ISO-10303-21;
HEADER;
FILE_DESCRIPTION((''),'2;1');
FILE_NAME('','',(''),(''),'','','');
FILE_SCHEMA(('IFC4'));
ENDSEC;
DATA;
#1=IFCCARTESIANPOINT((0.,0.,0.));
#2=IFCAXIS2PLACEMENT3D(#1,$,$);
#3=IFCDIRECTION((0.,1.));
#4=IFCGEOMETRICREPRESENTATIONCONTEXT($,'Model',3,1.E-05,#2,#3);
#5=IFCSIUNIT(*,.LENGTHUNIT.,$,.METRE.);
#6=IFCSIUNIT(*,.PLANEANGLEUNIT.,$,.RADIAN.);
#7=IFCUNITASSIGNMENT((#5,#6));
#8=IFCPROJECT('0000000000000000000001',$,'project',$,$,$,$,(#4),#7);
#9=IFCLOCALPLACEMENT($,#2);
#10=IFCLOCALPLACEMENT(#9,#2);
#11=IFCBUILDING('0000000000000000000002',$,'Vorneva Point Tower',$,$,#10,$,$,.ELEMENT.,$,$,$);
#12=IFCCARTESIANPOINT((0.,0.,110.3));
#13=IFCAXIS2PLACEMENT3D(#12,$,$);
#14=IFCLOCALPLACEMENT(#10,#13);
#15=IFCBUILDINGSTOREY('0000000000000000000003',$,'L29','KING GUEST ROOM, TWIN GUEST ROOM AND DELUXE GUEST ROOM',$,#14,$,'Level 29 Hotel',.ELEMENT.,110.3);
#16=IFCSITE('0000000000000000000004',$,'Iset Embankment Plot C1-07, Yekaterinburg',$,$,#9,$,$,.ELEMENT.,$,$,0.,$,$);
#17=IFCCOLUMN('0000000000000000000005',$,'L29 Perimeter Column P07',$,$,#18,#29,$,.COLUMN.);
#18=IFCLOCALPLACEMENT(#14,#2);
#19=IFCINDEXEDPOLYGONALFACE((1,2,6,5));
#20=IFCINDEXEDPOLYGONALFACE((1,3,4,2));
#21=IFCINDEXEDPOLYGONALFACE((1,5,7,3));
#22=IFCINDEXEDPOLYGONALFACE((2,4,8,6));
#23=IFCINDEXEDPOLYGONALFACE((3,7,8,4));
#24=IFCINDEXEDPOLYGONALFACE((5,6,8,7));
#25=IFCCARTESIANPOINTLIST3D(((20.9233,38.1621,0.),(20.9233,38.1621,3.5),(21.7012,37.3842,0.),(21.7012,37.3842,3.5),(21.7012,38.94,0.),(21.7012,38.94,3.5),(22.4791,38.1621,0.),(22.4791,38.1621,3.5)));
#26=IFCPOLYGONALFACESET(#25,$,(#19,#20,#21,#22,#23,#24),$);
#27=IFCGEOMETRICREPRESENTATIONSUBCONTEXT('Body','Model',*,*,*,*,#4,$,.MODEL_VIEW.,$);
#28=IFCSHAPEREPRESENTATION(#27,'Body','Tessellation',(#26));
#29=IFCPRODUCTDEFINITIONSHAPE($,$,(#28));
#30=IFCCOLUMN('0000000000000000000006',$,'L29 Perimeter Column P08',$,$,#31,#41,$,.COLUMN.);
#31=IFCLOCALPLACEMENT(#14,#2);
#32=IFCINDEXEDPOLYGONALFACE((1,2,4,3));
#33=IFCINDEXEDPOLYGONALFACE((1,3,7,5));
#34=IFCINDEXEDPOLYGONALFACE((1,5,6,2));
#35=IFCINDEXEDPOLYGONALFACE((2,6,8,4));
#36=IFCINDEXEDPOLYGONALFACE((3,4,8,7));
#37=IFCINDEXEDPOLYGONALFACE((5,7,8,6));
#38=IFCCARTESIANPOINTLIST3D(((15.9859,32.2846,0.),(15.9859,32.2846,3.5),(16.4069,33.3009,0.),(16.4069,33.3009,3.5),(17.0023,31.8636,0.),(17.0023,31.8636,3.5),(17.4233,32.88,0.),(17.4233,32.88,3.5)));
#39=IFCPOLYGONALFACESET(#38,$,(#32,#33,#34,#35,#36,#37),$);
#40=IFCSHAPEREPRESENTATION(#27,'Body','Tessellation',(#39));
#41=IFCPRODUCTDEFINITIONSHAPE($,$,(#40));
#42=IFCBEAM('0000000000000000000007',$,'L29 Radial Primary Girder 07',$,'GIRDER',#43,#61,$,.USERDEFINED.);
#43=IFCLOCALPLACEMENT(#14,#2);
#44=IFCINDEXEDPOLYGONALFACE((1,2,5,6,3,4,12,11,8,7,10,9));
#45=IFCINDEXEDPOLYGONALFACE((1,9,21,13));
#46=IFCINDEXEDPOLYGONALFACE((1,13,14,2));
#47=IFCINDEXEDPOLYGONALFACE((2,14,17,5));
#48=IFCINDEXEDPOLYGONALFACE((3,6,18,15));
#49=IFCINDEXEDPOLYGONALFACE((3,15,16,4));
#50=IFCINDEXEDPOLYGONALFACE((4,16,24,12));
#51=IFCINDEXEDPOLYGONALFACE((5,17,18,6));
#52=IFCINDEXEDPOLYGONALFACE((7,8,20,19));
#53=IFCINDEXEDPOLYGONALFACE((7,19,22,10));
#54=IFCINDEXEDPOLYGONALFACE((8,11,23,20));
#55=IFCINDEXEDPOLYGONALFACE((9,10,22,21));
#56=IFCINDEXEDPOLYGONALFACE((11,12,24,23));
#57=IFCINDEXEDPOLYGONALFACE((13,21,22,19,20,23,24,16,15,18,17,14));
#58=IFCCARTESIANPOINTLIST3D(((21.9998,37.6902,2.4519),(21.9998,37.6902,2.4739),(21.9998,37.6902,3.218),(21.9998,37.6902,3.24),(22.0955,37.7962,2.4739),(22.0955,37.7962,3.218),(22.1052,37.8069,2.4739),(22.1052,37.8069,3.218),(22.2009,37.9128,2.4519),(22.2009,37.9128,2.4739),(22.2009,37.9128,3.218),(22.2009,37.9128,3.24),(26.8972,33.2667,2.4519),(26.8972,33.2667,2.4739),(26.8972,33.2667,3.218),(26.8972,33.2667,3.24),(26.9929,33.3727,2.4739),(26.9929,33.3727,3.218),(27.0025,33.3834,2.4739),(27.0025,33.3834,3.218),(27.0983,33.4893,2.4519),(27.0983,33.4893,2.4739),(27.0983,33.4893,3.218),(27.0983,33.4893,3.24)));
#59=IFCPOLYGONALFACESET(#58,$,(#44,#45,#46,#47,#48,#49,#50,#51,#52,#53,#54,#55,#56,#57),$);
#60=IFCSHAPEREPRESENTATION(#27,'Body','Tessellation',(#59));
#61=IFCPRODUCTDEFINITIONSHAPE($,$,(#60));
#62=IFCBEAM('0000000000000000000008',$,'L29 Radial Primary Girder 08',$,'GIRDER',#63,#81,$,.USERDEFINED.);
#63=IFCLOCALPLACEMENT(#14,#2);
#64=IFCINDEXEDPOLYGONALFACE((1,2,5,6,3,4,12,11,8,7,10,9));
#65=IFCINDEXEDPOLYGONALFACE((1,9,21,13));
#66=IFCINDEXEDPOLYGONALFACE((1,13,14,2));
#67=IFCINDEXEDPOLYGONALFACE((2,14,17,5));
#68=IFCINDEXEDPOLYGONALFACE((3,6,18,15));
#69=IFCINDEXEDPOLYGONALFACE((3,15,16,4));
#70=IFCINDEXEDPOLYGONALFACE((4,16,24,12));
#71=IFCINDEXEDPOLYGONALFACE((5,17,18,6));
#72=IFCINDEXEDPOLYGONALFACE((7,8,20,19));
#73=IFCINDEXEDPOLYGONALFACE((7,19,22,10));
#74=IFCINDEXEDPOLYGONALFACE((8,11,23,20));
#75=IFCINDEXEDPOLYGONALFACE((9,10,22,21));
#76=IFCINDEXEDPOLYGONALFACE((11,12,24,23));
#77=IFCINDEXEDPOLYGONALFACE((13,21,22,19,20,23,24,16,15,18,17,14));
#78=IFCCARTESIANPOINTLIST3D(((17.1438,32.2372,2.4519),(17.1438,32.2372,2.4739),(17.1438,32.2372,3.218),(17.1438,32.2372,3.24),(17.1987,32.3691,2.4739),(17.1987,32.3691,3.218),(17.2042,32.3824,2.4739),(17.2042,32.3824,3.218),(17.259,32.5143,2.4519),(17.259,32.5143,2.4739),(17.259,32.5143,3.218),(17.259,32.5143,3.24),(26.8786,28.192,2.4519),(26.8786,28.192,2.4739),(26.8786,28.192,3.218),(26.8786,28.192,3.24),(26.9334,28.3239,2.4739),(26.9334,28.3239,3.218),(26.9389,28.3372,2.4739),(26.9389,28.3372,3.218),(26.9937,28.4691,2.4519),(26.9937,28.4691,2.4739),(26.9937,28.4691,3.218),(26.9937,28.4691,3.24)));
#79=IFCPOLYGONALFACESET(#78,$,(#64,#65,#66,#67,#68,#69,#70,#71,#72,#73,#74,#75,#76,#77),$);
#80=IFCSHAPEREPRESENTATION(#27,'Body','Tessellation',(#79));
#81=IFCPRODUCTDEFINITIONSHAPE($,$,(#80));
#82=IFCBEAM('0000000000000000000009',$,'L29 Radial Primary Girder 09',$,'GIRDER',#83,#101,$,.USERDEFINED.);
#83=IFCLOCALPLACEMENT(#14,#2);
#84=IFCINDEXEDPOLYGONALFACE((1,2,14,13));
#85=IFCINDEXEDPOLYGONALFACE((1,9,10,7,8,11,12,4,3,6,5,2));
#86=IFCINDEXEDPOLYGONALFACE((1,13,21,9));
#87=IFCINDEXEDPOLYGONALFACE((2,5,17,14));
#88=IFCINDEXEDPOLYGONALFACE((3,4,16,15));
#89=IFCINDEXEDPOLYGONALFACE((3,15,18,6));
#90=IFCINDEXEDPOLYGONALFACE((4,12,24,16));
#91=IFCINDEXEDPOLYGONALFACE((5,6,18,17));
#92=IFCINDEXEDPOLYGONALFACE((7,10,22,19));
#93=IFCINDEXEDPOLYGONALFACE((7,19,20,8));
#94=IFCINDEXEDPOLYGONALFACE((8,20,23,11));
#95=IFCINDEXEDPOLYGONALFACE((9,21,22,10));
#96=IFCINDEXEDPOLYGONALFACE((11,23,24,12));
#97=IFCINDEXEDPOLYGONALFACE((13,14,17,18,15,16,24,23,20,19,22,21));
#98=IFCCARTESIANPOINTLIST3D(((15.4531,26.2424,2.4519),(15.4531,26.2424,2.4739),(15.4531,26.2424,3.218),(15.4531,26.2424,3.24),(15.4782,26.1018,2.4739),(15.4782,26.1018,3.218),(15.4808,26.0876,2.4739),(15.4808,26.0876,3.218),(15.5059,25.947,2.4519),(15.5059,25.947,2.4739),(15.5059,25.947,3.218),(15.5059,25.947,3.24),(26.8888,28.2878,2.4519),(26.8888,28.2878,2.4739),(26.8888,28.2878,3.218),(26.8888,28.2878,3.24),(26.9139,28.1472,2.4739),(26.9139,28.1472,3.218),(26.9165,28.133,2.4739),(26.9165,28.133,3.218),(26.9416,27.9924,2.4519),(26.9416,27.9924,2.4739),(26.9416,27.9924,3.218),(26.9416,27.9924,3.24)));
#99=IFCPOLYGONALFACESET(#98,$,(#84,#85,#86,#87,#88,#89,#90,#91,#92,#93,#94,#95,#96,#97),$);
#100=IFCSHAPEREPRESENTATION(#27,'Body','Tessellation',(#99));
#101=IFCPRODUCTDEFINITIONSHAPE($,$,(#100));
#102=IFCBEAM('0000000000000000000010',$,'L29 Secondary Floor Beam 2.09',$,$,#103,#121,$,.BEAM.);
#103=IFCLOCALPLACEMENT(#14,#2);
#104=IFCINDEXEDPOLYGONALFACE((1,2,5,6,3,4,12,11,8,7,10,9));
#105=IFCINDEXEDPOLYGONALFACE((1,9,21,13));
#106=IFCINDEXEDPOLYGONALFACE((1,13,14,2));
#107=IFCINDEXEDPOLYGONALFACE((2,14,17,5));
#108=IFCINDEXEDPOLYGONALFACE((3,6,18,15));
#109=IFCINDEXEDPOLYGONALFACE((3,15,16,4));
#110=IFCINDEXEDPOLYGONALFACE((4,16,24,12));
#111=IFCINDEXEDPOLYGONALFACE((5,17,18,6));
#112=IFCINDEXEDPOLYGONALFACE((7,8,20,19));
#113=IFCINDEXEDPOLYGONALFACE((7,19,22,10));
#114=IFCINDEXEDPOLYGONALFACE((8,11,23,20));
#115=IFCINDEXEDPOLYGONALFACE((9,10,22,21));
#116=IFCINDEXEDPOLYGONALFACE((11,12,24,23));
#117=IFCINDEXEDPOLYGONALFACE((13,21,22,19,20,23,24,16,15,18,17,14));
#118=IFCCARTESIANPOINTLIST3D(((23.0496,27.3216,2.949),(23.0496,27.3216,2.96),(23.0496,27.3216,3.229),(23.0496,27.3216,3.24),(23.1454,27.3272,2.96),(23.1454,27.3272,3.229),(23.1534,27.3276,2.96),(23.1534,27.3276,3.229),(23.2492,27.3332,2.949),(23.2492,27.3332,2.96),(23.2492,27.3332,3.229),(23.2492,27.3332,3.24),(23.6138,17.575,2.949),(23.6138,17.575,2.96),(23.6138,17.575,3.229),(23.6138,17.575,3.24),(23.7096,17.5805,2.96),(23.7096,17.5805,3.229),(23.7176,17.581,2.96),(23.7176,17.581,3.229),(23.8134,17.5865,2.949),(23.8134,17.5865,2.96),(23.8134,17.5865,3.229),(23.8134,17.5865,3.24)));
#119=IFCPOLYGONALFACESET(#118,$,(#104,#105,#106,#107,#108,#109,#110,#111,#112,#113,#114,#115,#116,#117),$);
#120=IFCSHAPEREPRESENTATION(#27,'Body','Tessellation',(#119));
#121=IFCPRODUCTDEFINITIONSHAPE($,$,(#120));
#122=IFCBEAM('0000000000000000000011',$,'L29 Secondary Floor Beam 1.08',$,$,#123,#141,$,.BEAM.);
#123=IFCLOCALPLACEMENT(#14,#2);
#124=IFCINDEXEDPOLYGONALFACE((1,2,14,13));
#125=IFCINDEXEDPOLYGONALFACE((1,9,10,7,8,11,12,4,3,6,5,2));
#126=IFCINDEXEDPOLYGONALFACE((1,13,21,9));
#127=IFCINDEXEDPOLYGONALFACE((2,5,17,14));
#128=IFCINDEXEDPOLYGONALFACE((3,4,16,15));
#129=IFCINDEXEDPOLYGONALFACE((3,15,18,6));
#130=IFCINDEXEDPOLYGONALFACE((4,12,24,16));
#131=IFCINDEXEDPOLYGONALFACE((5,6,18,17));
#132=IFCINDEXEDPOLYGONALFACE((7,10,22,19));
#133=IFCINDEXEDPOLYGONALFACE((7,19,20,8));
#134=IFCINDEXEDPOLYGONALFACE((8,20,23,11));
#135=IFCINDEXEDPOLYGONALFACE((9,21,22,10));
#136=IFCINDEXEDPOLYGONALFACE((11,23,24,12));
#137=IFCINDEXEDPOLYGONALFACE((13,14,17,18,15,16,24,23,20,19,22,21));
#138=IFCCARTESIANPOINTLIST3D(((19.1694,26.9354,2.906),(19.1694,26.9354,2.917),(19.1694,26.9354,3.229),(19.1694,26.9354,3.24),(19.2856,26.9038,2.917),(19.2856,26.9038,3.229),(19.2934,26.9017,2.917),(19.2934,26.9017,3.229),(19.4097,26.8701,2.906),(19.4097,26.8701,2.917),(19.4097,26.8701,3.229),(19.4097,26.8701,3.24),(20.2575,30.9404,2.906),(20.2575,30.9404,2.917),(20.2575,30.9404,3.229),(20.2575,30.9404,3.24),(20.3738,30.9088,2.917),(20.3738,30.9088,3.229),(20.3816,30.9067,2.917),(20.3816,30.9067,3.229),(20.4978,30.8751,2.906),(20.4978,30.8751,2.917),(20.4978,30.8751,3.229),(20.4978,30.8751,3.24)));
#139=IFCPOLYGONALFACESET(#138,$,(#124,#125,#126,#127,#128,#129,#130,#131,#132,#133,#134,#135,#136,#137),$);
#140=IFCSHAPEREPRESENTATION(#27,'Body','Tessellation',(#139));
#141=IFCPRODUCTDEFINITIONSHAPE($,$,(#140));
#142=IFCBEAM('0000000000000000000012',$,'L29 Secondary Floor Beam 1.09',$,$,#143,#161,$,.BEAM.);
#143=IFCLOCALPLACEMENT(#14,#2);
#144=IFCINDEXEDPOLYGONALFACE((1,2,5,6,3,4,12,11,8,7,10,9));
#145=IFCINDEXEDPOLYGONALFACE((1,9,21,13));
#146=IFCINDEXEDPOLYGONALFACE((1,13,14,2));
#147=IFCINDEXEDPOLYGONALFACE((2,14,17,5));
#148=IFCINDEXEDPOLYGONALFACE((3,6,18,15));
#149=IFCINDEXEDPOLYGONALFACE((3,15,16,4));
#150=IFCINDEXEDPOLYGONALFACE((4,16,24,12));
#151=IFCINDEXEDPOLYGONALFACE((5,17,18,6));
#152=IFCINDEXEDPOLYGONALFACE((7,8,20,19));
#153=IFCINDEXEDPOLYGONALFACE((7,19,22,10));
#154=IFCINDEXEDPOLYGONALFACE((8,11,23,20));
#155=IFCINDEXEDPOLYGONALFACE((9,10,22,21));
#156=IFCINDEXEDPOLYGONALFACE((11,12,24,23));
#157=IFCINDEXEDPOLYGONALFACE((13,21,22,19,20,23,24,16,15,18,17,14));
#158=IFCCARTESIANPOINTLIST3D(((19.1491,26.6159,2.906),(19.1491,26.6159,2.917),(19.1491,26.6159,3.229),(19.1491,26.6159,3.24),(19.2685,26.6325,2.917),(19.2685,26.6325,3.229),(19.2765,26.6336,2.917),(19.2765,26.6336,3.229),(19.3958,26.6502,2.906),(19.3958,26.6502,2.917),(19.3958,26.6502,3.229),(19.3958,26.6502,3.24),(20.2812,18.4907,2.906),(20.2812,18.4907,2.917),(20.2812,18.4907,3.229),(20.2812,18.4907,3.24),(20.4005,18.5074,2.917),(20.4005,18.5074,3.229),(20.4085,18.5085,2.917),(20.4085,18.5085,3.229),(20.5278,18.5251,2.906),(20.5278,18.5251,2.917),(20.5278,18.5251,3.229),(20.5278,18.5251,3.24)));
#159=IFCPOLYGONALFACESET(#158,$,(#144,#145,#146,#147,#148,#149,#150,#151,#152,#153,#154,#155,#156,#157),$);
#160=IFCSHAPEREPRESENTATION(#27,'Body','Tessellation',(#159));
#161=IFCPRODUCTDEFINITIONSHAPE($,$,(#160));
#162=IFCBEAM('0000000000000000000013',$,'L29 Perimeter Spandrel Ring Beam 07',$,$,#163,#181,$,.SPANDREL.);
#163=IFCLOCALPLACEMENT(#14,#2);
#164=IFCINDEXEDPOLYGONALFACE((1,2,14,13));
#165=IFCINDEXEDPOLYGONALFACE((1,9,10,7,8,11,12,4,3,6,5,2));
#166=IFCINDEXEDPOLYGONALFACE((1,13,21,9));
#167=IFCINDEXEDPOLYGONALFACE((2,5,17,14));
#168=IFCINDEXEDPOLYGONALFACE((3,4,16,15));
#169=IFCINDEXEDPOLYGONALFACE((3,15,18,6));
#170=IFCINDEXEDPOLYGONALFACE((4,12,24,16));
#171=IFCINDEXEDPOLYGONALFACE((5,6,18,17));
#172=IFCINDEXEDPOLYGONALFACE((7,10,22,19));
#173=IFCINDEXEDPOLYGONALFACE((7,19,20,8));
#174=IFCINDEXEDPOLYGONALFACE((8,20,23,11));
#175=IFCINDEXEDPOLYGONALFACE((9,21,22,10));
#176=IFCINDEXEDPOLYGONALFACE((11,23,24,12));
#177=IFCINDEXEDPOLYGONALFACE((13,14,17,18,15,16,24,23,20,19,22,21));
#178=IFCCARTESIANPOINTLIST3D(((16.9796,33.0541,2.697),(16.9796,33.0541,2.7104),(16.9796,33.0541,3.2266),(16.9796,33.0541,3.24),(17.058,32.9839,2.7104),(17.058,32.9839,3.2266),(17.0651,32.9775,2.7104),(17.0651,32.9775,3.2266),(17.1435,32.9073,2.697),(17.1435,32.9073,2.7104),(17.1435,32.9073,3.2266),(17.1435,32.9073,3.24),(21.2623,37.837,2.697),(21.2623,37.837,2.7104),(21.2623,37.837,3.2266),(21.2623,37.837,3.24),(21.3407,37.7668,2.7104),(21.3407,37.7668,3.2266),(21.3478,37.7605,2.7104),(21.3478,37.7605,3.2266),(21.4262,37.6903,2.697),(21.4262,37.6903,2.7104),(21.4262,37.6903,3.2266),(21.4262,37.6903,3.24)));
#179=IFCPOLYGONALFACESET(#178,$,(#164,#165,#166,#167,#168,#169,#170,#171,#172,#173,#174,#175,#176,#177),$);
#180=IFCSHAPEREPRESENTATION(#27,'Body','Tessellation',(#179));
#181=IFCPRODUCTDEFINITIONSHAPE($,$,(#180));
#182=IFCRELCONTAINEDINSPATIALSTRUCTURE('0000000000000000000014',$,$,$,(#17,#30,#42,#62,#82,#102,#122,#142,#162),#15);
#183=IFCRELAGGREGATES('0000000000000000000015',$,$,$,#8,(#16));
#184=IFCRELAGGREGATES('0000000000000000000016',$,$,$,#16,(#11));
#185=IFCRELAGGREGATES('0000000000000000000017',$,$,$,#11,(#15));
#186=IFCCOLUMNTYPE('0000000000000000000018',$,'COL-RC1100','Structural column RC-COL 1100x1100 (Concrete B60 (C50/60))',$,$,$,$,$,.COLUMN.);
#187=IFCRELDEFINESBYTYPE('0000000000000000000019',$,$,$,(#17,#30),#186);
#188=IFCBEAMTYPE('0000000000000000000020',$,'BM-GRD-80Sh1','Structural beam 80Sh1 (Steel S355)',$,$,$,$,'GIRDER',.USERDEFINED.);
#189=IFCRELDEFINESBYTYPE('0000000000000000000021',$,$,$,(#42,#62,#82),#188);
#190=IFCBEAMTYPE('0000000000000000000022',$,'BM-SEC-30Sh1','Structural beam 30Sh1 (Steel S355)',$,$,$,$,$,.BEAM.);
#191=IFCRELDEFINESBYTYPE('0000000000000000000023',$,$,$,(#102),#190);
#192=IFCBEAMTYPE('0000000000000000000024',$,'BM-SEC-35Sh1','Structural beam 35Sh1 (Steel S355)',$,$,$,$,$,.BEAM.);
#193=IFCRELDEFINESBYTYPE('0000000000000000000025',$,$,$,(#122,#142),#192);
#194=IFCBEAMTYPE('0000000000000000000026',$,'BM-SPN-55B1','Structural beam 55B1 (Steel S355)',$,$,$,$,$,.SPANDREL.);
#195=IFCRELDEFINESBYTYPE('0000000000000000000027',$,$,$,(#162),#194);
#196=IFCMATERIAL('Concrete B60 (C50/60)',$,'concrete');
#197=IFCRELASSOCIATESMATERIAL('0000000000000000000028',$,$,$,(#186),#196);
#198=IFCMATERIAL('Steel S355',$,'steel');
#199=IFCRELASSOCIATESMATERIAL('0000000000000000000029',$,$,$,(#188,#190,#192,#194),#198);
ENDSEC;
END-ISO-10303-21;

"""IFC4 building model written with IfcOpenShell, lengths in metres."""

from ifc_helpers import new_model, si_unit, direction, frame, origin, origin_2d, place, context, subcontext, project, spatial, rectangle, i_section, extrude, material, material_profile, profile_set, type_object, element, save


model = new_model("IFC4")

# Units and contexts
model_context = context("Model", 3, precision=1e-05, world=origin(), true_north=direction((0.0, 1.0)))
body_context = subcontext(model_context, "Body", "Model", "MODEL_VIEW")
ifc_project = project(units=[si_unit("LENGTHUNIT", "METRE"), si_unit("PLANEANGLEUNIT", "RADIAN")], contexts=[model_context])

# Site, building, storey
site_placement = place(None, origin())
site = spatial("IfcSite", under=ifc_project, at=site_placement, Name="Iset Embankment Plot C1-07, Yekaterinburg", CompositionType="ELEMENT", RefElevation=0.0)
building_placement = place(site_placement, origin())
building = spatial("IfcBuilding", under=site, at=building_placement, Name="Vorneva Point Tower", CompositionType="ELEMENT")
storey_placement = place(building_placement, frame((0.0, 0.0, 110.3)))
storey = spatial("IfcBuildingStorey", under=building, at=storey_placement, Name="L29", Description="KING GUEST ROOM, TWIN GUEST ROOM AND DELUXE GUEST ROOM", LongName="Level 29 Hotel", CompositionType="ELEMENT", Elevation=110.3)

# Columns
ifc_material_1 = material(Name="Concrete B60 (C50/60)", Category="concrete")
ifc_material_profile_1 = material_profile(ifc_material_1, rectangle(XDim=1.1001, YDim=1.1001, at=origin_2d()), Name="RC-COL 1100x1100")
ifc_profile_set_1 = profile_set([ifc_material_profile_1], Name="Concrete B60 (C50/60)")
column_type = type_object("IfcColumnType", Name="COL-RC1100", Description="Structural column RC-COL 1100x1100 (Concrete B60 (C50/60))", PredefinedType="COLUMN", material=ifc_profile_set_1)
for number, where, z_axis, x_axis, name in (
    (1, (21.7012, 38.1621, 0.0), (0.0, 0.0, 1.0), (-0.707107, 0.707107, 0.0), "L29 Perimeter Column P07"),
    (2, (16.7046, 32.5823, 0.0), (0.0, 0.0, 1.0), (-0.92388, 0.382683, 0.0), "L29 Perimeter Column P08"),
):
    element("IfcColumn", number, at=place(storey_placement, frame(where, z_axis=z_axis, x_axis=x_axis)), inside=storey, type_object=column_type, Name=name, PredefinedType="COLUMN", context=body_context, shape_type="SweptSolid", body=[
        extrude(rectangle(XDim=1.1001, YDim=1.1001, at=origin_2d()), origin(), (0.0, 0.0, 1.0), 3.5),
    ])

# Beams
ifc_material_2 = material(Name="Steel S355", Category="steel")
ifc_material_profile_2 = material_profile(ifc_material_2, i_section(OverallWidth=0.3, OverallDepth=0.7881, WebThickness=0.0144, FlangeThickness=0.022, at=origin_2d()), Name="80Sh1")
ifc_profile_set_2 = profile_set([ifc_material_profile_2], Name="Steel S355")
beam_type_1 = type_object("IfcBeamType", Name="BM-GRD-80Sh1", Description="Structural beam 80Sh1 (Steel S355)", ElementType="GIRDER", PredefinedType="USERDEFINED", material=ifc_profile_set_2)
beam_1_placement = place(storey_placement, frame((22.1003, 37.8015, 2.8459), z_axis=(0.742097, -0.670292, 0.0), x_axis=(0.670292, 0.742097, 0.0)))
element("IfcBeam", 3, at=beam_1_placement, inside=storey, type_object=beam_type_1, Name="L29 Radial Primary Girder 07", ObjectType="GIRDER", PredefinedType="USERDEFINED", context=body_context, shape_type="SweptSolid", body=[
    extrude(i_section(OverallWidth=0.3, OverallDepth=0.7881, WebThickness=0.0144, FlangeThickness=0.022, at=origin_2d()), origin(), (0.0, 0.0, 1.0), 6.5994),
])
beam_2_placement = place(storey_placement, frame((17.2014, 32.3757, 2.8459), z_axis=(0.923444, -0.383732, 0.0), x_axis=(0.383732, 0.923444, 0.0)))
element("IfcBeam", 4, at=beam_2_placement, inside=storey, type_object=beam_type_1, Name="L29 Radial Primary Girder 08", ObjectType="GIRDER", PredefinedType="USERDEFINED", context=body_context, shape_type="SweptSolid", body=[
    extrude(i_section(OverallWidth=0.3, OverallDepth=0.7881, WebThickness=0.0144, FlangeThickness=0.022, at=origin_2d()), origin(), (0.0, 0.0, 1.0), 10.5417),
])
beam_3_placement = place(storey_placement, frame((15.4795, 26.0947, 2.8459), z_axis=(0.984378, 0.176066, 0.0), x_axis=(-0.176066, 0.984378, 0.0)))
element("IfcBeam", 5, at=beam_3_placement, inside=storey, type_object=beam_type_1, Name="L29 Radial Primary Girder 09", ObjectType="GIRDER", PredefinedType="USERDEFINED", context=body_context, shape_type="SweptSolid", body=[
    extrude(i_section(OverallWidth=0.3, OverallDepth=0.7881, WebThickness=0.0144, FlangeThickness=0.022, at=origin_2d()), origin(), (0.0, 0.0, 1.0), 11.6172),
])
ifc_material_profile_3 = material_profile(ifc_material_2, i_section(OverallWidth=0.2, OverallDepth=0.291, WebThickness=0.0081, FlangeThickness=0.011, at=origin_2d()), Name="30Sh1")
ifc_profile_set_3 = profile_set([ifc_material_profile_3], Name="Steel S355")
beam_type_2 = type_object("IfcBeamType", Name="BM-SEC-30Sh1", Description="Structural beam 30Sh1 (Steel S355)", PredefinedType="BEAM", material=ifc_profile_set_3)
beam_4_placement = place(storey_placement, frame((23.1494, 27.3274, 3.0945), z_axis=(0.057791, -0.998329, 0.0), x_axis=(0.998329, 0.057791, 0.0)))
element("IfcBeam", 6, at=beam_4_placement, inside=storey, type_object=beam_type_2, Name="L29 Secondary Floor Beam 2.09", PredefinedType="BEAM", context=body_context, shape_type="SweptSolid", body=[
    extrude(i_section(OverallWidth=0.2, OverallDepth=0.291, WebThickness=0.0081, FlangeThickness=0.011, at=origin_2d()), origin(), (0.0, 0.0, 1.0), 9.7629),
])
ifc_material_profile_4 = material_profile(ifc_material_2, i_section(OverallWidth=0.249, OverallDepth=0.334, WebThickness=0.0081, FlangeThickness=0.011, at=origin_2d()), Name="35Sh1")
ifc_profile_set_4 = profile_set([ifc_material_profile_4], Name="Steel S355")
beam_type_3 = type_object("IfcBeamType", Name="BM-SEC-35Sh1", Description="Structural beam 35Sh1 (Steel S355)", PredefinedType="BEAM", material=ifc_profile_set_4)
beam_5_placement = place(storey_placement, frame((20.3777, 30.9077, 3.073), z_axis=(-0.262196, -0.965015, 0.0), x_axis=(0.965015, -0.262196, 0.0)))
element("IfcBeam", 7, at=beam_5_placement, inside=storey, type_object=beam_type_3, Name="L29 Secondary Floor Beam 1.08", PredefinedType="BEAM", context=body_context, shape_type="SweptSolid", body=[
    extrude(i_section(OverallWidth=0.249, OverallDepth=0.334, WebThickness=0.0081, FlangeThickness=0.011, at=origin_2d()), origin(), (0.0, 0.0, 1.0), 4.1501),
])
beam_6_placement = place(storey_placement, frame((19.2725, 26.6331, 3.073), z_axis=(0.137996, -0.990433, 0.0), x_axis=(0.990433, 0.137996, 0.0)))
element("IfcBeam", 8, at=beam_6_placement, inside=storey, type_object=beam_type_3, Name="L29 Secondary Floor Beam 1.09", PredefinedType="BEAM", context=body_context, shape_type="SweptSolid", body=[
    extrude(i_section(OverallWidth=0.249, OverallDepth=0.334, WebThickness=0.0081, FlangeThickness=0.011, at=origin_2d()), origin(), (0.0, 0.0, 1.0), 8.2036),
])
ifc_material_profile_5 = material_profile(ifc_material_2, i_section(OverallWidth=0.22, OverallDepth=0.543, WebThickness=0.0095, FlangeThickness=0.0134, at=origin_2d()), Name="55B1")
ifc_profile_set_5 = profile_set([ifc_material_profile_5], Name="Steel S355")
beam_type_4 = type_object("IfcBeamType", Name="BM-SPN-55B1", Description="Structural beam 55B1 (Steel S355)", PredefinedType="SPANDREL", material=ifc_profile_set_5)
beam_7_placement = place(storey_placement, frame((21.3442, 37.7637, 2.9685), z_axis=(-0.667074, -0.744992, 0.0), x_axis=(0.744992, -0.667074, 0.0)))
element("IfcBeam", 9, at=beam_7_placement, inside=storey, type_object=beam_type_4, Name="L29 Perimeter Spandrel Ring Beam 07", PredefinedType="SPANDREL", context=body_context, shape_type="SweptSolid", body=[
    extrude(i_section(OverallWidth=0.22, OverallDepth=0.543, WebThickness=0.0095, FlangeThickness=0.0134, at=origin_2d()), origin(), (0.0, 0.0, 1.0), 6.4202),
])

save(model, "model.ifc")
